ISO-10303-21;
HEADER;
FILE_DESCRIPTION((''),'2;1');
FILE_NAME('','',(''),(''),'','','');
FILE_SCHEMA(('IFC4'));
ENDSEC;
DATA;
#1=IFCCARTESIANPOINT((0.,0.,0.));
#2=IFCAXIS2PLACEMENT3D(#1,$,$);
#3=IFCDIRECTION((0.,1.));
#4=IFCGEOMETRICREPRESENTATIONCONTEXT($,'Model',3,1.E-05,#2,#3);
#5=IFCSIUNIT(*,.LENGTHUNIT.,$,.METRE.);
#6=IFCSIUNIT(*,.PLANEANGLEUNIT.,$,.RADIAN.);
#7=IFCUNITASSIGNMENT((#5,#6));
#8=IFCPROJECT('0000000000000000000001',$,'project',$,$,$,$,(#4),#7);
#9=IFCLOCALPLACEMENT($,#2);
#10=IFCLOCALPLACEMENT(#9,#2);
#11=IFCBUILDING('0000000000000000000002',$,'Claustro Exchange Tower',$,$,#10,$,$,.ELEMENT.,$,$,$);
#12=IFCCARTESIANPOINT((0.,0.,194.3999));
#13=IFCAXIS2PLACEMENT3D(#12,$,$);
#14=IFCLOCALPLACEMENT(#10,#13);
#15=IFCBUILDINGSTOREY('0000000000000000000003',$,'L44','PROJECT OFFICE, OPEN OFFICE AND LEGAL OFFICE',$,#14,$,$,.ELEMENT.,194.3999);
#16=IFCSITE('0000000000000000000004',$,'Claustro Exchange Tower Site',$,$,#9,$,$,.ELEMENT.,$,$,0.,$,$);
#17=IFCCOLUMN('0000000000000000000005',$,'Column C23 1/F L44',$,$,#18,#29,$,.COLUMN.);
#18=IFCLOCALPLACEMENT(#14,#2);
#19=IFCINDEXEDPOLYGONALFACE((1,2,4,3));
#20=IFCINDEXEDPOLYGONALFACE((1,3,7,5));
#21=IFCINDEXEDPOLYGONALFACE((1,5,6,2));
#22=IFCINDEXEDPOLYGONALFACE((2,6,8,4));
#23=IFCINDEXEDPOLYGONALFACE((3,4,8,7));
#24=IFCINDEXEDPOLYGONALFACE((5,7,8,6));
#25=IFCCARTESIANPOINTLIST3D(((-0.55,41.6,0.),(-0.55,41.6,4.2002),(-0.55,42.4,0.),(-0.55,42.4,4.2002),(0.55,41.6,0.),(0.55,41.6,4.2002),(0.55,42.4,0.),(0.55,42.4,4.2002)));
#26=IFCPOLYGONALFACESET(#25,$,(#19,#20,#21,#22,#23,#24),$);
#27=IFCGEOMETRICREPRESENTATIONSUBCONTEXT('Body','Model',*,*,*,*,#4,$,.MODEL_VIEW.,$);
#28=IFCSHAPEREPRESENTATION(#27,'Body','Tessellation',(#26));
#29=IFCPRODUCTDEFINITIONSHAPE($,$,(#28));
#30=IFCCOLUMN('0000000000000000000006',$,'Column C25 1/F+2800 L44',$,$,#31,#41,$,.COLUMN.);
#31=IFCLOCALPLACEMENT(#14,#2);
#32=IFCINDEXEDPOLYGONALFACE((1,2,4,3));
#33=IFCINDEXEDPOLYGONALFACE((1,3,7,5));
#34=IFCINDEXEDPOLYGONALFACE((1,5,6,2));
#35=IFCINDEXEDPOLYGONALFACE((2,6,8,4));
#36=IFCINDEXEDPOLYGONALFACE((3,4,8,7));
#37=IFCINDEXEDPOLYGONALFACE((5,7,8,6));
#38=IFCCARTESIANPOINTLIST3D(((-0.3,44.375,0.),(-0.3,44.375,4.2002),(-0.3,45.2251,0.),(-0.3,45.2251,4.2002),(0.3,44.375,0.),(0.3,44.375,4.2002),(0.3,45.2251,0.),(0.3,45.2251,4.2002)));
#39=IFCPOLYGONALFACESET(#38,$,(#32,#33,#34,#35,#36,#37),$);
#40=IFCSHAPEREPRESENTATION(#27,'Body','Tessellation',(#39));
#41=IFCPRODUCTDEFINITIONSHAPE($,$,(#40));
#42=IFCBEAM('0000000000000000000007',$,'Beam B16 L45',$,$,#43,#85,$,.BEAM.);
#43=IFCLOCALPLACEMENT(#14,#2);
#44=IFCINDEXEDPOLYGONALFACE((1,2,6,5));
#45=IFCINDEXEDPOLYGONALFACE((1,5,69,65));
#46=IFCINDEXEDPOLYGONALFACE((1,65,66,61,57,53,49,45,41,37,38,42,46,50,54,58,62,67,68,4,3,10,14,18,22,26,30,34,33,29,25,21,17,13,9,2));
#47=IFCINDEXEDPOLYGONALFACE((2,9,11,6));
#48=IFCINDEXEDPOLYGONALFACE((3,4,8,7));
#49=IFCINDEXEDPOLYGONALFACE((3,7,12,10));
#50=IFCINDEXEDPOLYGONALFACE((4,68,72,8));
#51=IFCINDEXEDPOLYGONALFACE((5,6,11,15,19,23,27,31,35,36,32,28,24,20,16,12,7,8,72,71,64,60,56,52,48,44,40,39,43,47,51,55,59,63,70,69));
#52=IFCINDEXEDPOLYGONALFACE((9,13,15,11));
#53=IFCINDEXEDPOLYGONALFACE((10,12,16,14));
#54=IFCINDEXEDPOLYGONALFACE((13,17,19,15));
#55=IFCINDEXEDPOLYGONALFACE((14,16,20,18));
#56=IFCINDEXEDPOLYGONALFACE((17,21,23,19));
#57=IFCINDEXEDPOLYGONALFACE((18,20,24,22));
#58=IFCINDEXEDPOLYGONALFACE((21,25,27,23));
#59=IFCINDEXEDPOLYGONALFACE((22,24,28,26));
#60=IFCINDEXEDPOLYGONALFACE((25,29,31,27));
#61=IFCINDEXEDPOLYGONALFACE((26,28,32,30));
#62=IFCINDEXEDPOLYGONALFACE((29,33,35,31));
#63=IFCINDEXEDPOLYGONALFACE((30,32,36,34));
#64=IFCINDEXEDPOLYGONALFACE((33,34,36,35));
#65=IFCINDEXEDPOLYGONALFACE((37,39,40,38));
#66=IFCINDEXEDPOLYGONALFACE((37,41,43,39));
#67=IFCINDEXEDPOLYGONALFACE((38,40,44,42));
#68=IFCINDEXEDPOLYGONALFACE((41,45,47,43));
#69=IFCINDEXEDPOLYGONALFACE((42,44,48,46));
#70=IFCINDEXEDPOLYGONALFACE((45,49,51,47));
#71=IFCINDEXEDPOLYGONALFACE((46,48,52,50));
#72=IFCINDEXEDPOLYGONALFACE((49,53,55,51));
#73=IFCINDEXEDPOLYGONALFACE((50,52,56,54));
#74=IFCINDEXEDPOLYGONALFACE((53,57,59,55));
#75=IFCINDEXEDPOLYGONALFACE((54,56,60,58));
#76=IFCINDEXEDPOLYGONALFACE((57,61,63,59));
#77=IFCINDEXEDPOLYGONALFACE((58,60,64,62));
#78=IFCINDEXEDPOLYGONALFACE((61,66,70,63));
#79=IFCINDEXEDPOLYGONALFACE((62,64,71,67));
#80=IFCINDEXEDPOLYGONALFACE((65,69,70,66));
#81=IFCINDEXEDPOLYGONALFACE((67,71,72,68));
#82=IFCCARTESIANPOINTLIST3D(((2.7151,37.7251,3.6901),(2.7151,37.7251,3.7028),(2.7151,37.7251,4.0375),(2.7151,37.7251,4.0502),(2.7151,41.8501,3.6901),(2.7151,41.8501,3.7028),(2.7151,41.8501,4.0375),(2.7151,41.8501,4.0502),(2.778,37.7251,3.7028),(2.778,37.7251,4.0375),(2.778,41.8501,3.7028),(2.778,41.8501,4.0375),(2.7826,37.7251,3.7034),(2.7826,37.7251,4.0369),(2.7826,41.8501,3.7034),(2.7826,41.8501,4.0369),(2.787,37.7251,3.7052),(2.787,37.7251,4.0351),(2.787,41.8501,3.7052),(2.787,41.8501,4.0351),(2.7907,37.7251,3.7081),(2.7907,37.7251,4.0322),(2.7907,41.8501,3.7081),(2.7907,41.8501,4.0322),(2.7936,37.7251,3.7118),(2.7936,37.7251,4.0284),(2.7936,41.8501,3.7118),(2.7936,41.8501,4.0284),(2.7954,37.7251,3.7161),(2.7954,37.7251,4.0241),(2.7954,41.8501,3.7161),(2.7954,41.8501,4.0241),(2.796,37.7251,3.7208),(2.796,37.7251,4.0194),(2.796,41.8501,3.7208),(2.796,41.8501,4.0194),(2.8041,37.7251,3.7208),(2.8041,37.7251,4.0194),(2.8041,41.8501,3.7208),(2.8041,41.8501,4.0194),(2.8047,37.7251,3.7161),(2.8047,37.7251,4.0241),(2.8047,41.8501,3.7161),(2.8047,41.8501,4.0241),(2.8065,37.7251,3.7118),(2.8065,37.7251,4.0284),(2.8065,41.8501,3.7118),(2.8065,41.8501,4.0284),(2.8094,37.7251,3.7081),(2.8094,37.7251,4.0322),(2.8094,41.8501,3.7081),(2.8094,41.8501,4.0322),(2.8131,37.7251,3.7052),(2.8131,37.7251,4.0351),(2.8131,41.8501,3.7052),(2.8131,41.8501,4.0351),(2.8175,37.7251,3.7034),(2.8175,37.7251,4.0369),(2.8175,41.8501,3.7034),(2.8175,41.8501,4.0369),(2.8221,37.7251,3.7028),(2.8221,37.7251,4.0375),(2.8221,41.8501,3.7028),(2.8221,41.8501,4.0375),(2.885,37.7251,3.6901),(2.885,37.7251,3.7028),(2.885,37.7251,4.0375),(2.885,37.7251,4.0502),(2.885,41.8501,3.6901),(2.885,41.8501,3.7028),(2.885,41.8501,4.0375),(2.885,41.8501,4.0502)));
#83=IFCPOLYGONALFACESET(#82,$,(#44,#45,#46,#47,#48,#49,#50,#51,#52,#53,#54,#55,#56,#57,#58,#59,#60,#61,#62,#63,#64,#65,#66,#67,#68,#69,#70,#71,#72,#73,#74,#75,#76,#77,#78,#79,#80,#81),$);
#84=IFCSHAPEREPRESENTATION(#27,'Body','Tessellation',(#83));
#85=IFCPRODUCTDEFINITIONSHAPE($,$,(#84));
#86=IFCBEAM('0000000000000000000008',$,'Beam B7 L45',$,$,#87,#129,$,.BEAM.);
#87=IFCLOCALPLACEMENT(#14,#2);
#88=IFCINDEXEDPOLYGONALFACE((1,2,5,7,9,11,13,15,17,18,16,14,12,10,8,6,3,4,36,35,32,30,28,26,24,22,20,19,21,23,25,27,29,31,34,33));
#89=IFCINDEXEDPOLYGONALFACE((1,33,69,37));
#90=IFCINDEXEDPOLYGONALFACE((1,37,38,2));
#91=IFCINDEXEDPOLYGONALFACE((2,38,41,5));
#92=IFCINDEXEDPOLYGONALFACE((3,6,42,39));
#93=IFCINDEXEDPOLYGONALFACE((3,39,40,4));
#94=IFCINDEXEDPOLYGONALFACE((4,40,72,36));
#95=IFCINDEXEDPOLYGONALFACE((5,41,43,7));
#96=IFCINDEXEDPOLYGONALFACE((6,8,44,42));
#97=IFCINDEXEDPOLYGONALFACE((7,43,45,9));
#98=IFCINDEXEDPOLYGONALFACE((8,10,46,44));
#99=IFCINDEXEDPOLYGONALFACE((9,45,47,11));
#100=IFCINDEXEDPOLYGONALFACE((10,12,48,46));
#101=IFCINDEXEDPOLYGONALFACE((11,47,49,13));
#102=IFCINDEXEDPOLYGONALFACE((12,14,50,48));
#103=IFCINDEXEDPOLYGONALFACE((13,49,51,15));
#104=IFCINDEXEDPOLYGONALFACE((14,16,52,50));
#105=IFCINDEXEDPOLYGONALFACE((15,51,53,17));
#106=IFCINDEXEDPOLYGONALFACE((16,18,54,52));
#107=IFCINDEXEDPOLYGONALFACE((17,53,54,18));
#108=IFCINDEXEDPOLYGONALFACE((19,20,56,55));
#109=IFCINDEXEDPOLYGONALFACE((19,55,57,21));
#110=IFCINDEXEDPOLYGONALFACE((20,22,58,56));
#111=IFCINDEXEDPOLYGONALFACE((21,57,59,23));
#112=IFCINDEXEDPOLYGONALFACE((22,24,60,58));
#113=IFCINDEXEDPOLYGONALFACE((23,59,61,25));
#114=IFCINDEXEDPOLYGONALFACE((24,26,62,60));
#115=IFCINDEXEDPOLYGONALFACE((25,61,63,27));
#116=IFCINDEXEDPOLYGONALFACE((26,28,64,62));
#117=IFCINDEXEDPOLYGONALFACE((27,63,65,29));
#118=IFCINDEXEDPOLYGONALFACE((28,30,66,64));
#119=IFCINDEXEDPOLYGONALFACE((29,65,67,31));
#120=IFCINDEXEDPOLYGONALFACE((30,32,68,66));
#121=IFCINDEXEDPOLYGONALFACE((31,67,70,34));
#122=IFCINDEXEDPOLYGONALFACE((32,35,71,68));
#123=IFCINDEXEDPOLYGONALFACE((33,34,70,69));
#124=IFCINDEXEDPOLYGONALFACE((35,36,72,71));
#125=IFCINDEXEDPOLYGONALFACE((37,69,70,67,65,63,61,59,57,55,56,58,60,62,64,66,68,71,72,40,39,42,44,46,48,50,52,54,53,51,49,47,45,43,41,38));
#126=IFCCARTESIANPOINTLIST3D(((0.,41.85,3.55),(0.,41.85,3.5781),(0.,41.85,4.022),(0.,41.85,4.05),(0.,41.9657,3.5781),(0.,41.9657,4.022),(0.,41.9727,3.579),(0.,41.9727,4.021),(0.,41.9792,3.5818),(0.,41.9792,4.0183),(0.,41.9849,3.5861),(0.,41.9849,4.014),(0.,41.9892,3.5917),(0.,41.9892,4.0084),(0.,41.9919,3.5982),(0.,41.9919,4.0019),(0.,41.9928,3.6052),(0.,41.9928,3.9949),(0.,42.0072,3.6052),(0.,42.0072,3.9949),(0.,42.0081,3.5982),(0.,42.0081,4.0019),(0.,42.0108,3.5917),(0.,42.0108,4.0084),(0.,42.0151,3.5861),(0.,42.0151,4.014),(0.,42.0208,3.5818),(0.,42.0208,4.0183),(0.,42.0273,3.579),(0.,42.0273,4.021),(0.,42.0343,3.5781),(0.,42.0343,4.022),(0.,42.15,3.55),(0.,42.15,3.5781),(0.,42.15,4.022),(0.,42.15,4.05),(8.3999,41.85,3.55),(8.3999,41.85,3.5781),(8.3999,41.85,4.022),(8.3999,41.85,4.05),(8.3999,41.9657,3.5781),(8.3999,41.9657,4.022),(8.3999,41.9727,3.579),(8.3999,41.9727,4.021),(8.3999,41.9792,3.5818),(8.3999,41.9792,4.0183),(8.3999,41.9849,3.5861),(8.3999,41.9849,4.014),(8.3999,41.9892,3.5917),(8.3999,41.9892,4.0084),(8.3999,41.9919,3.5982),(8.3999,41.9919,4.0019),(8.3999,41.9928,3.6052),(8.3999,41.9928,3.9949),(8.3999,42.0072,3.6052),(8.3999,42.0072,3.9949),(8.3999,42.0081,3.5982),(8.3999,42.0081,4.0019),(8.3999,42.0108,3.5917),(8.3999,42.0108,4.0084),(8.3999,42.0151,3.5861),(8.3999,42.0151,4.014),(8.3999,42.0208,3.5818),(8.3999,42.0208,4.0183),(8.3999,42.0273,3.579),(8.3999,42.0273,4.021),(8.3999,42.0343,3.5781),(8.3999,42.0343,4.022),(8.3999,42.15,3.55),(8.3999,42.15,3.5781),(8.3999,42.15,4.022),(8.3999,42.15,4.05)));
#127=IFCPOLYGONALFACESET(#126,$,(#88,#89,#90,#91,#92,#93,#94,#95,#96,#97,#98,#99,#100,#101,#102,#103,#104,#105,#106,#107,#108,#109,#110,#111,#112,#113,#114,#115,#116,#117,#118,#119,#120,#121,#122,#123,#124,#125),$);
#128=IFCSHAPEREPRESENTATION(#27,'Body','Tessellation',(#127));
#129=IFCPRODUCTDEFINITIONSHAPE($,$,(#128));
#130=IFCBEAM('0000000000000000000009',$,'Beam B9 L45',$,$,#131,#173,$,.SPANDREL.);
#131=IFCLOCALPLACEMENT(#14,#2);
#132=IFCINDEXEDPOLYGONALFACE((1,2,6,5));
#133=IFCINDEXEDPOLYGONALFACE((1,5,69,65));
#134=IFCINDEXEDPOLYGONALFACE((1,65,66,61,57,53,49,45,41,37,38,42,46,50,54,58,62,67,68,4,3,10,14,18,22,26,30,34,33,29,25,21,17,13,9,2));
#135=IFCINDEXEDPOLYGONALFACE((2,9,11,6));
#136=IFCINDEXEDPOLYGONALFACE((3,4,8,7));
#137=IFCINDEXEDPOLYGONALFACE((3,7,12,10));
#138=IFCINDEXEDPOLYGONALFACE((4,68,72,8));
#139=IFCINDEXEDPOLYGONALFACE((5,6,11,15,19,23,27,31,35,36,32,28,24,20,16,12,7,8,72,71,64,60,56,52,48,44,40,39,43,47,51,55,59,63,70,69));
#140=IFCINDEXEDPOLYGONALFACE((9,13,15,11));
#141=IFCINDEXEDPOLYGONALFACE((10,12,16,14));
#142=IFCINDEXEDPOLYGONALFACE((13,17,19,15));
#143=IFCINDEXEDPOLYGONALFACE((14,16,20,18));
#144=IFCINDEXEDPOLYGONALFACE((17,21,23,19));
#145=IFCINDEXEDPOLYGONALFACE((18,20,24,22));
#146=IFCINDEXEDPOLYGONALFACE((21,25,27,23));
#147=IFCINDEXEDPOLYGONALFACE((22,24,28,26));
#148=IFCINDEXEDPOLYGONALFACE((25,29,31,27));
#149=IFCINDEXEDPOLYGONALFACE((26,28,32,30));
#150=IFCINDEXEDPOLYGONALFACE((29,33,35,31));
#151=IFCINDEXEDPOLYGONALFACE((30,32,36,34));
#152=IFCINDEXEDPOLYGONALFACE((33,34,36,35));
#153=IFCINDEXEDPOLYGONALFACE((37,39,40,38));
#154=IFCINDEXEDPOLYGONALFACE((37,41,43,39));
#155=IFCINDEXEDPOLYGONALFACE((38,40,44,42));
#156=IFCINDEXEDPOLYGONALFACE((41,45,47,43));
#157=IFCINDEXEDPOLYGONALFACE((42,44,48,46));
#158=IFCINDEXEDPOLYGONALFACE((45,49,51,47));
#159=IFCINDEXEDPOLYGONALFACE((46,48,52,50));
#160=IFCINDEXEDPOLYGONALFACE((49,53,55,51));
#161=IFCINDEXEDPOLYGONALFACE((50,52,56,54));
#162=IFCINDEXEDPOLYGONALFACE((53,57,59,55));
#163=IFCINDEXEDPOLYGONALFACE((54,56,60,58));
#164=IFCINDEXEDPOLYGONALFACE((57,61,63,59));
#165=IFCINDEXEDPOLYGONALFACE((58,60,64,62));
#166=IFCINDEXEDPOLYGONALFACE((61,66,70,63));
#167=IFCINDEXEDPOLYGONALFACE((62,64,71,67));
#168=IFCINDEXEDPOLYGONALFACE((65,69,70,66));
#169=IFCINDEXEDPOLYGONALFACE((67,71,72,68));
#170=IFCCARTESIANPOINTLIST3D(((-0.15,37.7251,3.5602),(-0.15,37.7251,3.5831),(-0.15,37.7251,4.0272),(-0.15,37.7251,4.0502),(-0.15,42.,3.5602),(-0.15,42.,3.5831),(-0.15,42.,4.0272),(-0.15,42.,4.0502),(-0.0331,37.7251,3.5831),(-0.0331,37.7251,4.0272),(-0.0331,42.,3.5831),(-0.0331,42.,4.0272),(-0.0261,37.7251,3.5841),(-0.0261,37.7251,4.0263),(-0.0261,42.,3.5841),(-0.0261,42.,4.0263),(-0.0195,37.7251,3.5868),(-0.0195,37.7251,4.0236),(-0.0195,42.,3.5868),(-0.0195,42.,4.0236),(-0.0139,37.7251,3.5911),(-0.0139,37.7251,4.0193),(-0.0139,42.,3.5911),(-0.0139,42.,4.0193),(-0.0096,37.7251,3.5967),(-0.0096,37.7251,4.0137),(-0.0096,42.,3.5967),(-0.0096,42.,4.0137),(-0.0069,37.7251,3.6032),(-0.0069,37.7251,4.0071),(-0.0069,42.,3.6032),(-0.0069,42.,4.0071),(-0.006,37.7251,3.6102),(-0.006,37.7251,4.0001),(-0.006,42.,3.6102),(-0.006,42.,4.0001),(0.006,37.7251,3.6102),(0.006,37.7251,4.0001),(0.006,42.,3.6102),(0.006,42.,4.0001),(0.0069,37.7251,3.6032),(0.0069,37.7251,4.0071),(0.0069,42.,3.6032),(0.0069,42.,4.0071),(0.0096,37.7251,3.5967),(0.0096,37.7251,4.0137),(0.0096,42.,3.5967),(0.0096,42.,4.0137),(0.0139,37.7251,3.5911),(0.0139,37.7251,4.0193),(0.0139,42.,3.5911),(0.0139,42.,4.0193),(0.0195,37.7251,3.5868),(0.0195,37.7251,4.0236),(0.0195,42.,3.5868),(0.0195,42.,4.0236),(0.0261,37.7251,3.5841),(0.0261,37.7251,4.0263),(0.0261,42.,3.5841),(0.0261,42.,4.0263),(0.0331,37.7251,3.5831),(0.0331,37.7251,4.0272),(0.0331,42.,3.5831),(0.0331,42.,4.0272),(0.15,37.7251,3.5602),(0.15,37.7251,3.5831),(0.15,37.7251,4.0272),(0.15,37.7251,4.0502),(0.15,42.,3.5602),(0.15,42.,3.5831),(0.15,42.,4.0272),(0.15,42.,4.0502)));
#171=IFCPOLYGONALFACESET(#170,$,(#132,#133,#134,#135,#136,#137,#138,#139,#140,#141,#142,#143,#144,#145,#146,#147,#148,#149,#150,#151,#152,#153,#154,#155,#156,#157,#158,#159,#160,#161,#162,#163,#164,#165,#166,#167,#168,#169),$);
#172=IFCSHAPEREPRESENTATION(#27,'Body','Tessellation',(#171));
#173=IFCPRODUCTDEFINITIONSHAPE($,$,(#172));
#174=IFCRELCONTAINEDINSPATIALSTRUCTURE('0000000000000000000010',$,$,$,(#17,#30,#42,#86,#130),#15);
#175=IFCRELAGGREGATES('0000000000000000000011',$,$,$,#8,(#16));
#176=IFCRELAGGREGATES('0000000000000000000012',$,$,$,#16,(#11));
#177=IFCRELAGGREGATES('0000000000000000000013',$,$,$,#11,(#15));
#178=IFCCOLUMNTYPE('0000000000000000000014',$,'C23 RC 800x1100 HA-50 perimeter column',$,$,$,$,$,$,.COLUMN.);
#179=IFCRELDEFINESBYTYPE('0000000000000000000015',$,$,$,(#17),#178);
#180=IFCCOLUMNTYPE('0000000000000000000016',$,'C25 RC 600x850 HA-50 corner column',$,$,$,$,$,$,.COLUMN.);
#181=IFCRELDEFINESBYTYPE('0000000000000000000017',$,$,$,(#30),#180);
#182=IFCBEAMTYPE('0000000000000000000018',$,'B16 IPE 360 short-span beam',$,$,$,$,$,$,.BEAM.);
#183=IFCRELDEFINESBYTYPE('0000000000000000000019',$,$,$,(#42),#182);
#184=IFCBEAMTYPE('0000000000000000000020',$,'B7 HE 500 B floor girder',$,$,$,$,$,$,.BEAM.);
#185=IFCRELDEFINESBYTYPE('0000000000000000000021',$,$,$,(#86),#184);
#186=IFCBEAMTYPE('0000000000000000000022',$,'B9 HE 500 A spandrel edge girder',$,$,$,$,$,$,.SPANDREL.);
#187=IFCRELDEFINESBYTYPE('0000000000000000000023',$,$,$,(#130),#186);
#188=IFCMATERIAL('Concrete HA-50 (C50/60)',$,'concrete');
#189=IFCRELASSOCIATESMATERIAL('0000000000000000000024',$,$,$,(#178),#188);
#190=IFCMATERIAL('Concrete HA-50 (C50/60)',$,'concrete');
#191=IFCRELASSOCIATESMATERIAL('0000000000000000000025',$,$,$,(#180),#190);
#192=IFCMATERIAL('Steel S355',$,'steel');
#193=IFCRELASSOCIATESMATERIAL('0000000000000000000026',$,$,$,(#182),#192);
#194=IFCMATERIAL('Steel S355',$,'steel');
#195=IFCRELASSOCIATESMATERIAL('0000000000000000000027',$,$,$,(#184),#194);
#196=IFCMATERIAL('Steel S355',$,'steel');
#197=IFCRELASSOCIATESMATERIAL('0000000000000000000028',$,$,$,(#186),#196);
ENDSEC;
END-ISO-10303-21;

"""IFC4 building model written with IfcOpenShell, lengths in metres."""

from ifc_helpers import new_model, si_unit, direction, frame, origin, origin_2d, place, context, subcontext, project, spatial, rectangle, i_section, extrude, material, material_profile, profile_set, type_object, element, save


model = new_model("IFC4")

# Units and contexts
model_context = context("Model", 3, precision=1e-05, world=origin(), true_north=direction((0.0, 1.0)))
body_context = subcontext(model_context, "Body", "Model", "MODEL_VIEW")
ifc_project = project(units=[si_unit("LENGTHUNIT", "METRE"), si_unit("PLANEANGLEUNIT", "RADIAN")], contexts=[model_context])

# Site, building, storey
site_placement = place(None, origin())
site = spatial("IfcSite", under=ifc_project, at=site_placement, Name="Claustro Exchange Tower Site", CompositionType="ELEMENT", RefElevation=0.0)
building_placement = place(site_placement, origin())
building = spatial("IfcBuilding", under=site, at=building_placement, Name="Claustro Exchange Tower", CompositionType="ELEMENT")
storey_placement = place(building_placement, frame((0.0, 0.0, 194.3999)))
storey = spatial("IfcBuildingStorey", under=building, at=storey_placement, Name="L44", Description="PROJECT OFFICE, OPEN OFFICE AND LEGAL OFFICE", CompositionType="ELEMENT", Elevation=194.3999)

# Columns
ifc_material_1 = material(Name="Concrete HA-50 (C50/60)", Category="concrete")
ifc_material_profile_1 = material_profile(ifc_material_1, rectangle(XDim=0.8, YDim=1.1001, at=origin_2d()), Name="RC 800x1100")
ifc_profile_set_1 = profile_set([ifc_material_profile_1], Name="Concrete HA-50 (C50/60)")
column_type_1 = type_object("IfcColumnType", Name="C23 RC 800x1100 HA-50 perimeter column", PredefinedType="COLUMN", material=ifc_profile_set_1)
column_1_placement = place(storey_placement, frame((0.0, 42.0, 0.0), z_axis=(0.0, 0.0, 1.0), x_axis=(0.0, 1.0, 0.0)))
element("IfcColumn", 1, at=column_1_placement, inside=storey, type_object=column_type_1, Name="Column C23 1/F L44", PredefinedType="COLUMN", context=body_context, shape_type="SweptSolid", body=[
    extrude(rectangle(XDim=0.8, YDim=1.1001, at=origin_2d()), origin(), (0.0, 0.0, 1.0), 4.2002),
])
ifc_material_2 = material(Name="Concrete HA-50 (C50/60)", Category="concrete")
ifc_material_profile_2 = material_profile(ifc_material_2, rectangle(XDim=0.6001, YDim=0.8501, at=origin_2d()), Name="RC 600x850")
ifc_profile_set_2 = profile_set([ifc_material_profile_2], Name="Concrete HA-50 (C50/60)")
column_type_2 = type_object("IfcColumnType", Name="C25 RC 600x850 HA-50 corner column", PredefinedType="COLUMN", material=ifc_profile_set_2)
column_2_placement = place(storey_placement, frame((0.0, 44.8, 0.0), z_axis=(0.0, 0.0, 1.0), x_axis=(1.0, 0.0, 0.0)))
element("IfcColumn", 2, at=column_2_placement, inside=storey, type_object=column_type_2, Name="Column C25 1/F+2800 L44", PredefinedType="COLUMN", context=body_context, shape_type="SweptSolid", body=[
    extrude(rectangle(XDim=0.6001, YDim=0.8501, at=origin_2d()), origin(), (0.0, 0.0, 1.0), 4.2002),
])

# Beams
ifc_material_3 = material(Name="Steel S355", Category="steel")
ifc_material_profile_3 = material_profile(ifc_material_3, i_section(OverallWidth=0.1699, OverallDepth=0.3601, WebThickness=0.0081, FlangeThickness=0.0127, FilletRadius=0.0181, at=origin_2d()), Name="IPE 360")
ifc_profile_set_3 = profile_set([ifc_material_profile_3], Name="Steel S355")
beam_type_1 = type_object("IfcBeamType", Name="B16 IPE 360 short-span beam", PredefinedType="BEAM", material=ifc_profile_set_3)
beam_1_placement = place(storey_placement, frame((2.8, 37.7251, 3.8701), z_axis=(0.0, 1.0, 0.0), x_axis=(-1.0, 0.0, 0.0)))
element("IfcBeam", 3, at=beam_1_placement, inside=storey, type_object=beam_type_1, Name="Beam B16 L45", PredefinedType="BEAM", context=body_context, shape_type="SweptSolid", body=[
    extrude(i_section(OverallWidth=0.1699, OverallDepth=0.3601, WebThickness=0.0081, FlangeThickness=0.0127, FilletRadius=0.0181, at=origin_2d()), origin(), (0.0, 0.0, 1.0), 4.125),
])
ifc_material_4 = material(Name="Steel S355", Category="steel")
ifc_material_profile_4 = material_profile(ifc_material_4, i_section(OverallWidth=0.3, OverallDepth=0.5, WebThickness=0.0144, FlangeThickness=0.0281, FilletRadius=0.0271, at=origin_2d()), Name="HE 500 B")
ifc_profile_set_4 = profile_set([ifc_material_profile_4], Name="Steel S355")
beam_type_2 = type_object("IfcBeamType", Name="B7 HE 500 B floor girder", PredefinedType="BEAM", material=ifc_profile_set_4)
beam_2_placement = place(storey_placement, frame((0.0, 42.0, 3.8), z_axis=(1.0, 0.0, 0.0), x_axis=(0.0, 1.0, 0.0)))
element("IfcBeam", 4, at=beam_2_placement, inside=storey, type_object=beam_type_2, Name="Beam B7 L45", PredefinedType="BEAM", context=body_context, shape_type="SweptSolid", body=[
    extrude(i_section(OverallWidth=0.3, OverallDepth=0.5, WebThickness=0.0144, FlangeThickness=0.0281, FilletRadius=0.0271, at=origin_2d()), origin(), (0.0, 0.0, 1.0), 8.3999),
])
ifc_material_5 = material(Name="Steel S355", Category="steel")
ifc_material_profile_5 = material_profile(ifc_material_5, i_section(OverallWidth=0.3, OverallDepth=0.49, WebThickness=0.012, FlangeThickness=0.0229, FilletRadius=0.0271, at=origin_2d()), Name="HE 500 A")
ifc_profile_set_5 = profile_set([ifc_material_profile_5], Name="Steel S355")
beam_type_3 = type_object("IfcBeamType", Name="B9 HE 500 A spandrel edge girder", PredefinedType="SPANDREL", material=ifc_profile_set_5)
beam_3_placement = place(storey_placement, frame((0.0, 37.7251, 3.8052), z_axis=(0.0, 1.0, 0.0), x_axis=(-1.0, 0.0, 0.0)))
element("IfcBeam", 5, at=beam_3_placement, inside=storey, type_object=beam_type_3, Name="Beam B9 L45", PredefinedType="SPANDREL", context=body_context, shape_type="SweptSolid", body=[
    extrude(i_section(OverallWidth=0.3, OverallDepth=0.49, WebThickness=0.012, FlangeThickness=0.0229, FilletRadius=0.0271, at=origin_2d()), origin(), (0.0, 0.0, 1.0), 4.2749),
])

save(model, "model.ifc")
